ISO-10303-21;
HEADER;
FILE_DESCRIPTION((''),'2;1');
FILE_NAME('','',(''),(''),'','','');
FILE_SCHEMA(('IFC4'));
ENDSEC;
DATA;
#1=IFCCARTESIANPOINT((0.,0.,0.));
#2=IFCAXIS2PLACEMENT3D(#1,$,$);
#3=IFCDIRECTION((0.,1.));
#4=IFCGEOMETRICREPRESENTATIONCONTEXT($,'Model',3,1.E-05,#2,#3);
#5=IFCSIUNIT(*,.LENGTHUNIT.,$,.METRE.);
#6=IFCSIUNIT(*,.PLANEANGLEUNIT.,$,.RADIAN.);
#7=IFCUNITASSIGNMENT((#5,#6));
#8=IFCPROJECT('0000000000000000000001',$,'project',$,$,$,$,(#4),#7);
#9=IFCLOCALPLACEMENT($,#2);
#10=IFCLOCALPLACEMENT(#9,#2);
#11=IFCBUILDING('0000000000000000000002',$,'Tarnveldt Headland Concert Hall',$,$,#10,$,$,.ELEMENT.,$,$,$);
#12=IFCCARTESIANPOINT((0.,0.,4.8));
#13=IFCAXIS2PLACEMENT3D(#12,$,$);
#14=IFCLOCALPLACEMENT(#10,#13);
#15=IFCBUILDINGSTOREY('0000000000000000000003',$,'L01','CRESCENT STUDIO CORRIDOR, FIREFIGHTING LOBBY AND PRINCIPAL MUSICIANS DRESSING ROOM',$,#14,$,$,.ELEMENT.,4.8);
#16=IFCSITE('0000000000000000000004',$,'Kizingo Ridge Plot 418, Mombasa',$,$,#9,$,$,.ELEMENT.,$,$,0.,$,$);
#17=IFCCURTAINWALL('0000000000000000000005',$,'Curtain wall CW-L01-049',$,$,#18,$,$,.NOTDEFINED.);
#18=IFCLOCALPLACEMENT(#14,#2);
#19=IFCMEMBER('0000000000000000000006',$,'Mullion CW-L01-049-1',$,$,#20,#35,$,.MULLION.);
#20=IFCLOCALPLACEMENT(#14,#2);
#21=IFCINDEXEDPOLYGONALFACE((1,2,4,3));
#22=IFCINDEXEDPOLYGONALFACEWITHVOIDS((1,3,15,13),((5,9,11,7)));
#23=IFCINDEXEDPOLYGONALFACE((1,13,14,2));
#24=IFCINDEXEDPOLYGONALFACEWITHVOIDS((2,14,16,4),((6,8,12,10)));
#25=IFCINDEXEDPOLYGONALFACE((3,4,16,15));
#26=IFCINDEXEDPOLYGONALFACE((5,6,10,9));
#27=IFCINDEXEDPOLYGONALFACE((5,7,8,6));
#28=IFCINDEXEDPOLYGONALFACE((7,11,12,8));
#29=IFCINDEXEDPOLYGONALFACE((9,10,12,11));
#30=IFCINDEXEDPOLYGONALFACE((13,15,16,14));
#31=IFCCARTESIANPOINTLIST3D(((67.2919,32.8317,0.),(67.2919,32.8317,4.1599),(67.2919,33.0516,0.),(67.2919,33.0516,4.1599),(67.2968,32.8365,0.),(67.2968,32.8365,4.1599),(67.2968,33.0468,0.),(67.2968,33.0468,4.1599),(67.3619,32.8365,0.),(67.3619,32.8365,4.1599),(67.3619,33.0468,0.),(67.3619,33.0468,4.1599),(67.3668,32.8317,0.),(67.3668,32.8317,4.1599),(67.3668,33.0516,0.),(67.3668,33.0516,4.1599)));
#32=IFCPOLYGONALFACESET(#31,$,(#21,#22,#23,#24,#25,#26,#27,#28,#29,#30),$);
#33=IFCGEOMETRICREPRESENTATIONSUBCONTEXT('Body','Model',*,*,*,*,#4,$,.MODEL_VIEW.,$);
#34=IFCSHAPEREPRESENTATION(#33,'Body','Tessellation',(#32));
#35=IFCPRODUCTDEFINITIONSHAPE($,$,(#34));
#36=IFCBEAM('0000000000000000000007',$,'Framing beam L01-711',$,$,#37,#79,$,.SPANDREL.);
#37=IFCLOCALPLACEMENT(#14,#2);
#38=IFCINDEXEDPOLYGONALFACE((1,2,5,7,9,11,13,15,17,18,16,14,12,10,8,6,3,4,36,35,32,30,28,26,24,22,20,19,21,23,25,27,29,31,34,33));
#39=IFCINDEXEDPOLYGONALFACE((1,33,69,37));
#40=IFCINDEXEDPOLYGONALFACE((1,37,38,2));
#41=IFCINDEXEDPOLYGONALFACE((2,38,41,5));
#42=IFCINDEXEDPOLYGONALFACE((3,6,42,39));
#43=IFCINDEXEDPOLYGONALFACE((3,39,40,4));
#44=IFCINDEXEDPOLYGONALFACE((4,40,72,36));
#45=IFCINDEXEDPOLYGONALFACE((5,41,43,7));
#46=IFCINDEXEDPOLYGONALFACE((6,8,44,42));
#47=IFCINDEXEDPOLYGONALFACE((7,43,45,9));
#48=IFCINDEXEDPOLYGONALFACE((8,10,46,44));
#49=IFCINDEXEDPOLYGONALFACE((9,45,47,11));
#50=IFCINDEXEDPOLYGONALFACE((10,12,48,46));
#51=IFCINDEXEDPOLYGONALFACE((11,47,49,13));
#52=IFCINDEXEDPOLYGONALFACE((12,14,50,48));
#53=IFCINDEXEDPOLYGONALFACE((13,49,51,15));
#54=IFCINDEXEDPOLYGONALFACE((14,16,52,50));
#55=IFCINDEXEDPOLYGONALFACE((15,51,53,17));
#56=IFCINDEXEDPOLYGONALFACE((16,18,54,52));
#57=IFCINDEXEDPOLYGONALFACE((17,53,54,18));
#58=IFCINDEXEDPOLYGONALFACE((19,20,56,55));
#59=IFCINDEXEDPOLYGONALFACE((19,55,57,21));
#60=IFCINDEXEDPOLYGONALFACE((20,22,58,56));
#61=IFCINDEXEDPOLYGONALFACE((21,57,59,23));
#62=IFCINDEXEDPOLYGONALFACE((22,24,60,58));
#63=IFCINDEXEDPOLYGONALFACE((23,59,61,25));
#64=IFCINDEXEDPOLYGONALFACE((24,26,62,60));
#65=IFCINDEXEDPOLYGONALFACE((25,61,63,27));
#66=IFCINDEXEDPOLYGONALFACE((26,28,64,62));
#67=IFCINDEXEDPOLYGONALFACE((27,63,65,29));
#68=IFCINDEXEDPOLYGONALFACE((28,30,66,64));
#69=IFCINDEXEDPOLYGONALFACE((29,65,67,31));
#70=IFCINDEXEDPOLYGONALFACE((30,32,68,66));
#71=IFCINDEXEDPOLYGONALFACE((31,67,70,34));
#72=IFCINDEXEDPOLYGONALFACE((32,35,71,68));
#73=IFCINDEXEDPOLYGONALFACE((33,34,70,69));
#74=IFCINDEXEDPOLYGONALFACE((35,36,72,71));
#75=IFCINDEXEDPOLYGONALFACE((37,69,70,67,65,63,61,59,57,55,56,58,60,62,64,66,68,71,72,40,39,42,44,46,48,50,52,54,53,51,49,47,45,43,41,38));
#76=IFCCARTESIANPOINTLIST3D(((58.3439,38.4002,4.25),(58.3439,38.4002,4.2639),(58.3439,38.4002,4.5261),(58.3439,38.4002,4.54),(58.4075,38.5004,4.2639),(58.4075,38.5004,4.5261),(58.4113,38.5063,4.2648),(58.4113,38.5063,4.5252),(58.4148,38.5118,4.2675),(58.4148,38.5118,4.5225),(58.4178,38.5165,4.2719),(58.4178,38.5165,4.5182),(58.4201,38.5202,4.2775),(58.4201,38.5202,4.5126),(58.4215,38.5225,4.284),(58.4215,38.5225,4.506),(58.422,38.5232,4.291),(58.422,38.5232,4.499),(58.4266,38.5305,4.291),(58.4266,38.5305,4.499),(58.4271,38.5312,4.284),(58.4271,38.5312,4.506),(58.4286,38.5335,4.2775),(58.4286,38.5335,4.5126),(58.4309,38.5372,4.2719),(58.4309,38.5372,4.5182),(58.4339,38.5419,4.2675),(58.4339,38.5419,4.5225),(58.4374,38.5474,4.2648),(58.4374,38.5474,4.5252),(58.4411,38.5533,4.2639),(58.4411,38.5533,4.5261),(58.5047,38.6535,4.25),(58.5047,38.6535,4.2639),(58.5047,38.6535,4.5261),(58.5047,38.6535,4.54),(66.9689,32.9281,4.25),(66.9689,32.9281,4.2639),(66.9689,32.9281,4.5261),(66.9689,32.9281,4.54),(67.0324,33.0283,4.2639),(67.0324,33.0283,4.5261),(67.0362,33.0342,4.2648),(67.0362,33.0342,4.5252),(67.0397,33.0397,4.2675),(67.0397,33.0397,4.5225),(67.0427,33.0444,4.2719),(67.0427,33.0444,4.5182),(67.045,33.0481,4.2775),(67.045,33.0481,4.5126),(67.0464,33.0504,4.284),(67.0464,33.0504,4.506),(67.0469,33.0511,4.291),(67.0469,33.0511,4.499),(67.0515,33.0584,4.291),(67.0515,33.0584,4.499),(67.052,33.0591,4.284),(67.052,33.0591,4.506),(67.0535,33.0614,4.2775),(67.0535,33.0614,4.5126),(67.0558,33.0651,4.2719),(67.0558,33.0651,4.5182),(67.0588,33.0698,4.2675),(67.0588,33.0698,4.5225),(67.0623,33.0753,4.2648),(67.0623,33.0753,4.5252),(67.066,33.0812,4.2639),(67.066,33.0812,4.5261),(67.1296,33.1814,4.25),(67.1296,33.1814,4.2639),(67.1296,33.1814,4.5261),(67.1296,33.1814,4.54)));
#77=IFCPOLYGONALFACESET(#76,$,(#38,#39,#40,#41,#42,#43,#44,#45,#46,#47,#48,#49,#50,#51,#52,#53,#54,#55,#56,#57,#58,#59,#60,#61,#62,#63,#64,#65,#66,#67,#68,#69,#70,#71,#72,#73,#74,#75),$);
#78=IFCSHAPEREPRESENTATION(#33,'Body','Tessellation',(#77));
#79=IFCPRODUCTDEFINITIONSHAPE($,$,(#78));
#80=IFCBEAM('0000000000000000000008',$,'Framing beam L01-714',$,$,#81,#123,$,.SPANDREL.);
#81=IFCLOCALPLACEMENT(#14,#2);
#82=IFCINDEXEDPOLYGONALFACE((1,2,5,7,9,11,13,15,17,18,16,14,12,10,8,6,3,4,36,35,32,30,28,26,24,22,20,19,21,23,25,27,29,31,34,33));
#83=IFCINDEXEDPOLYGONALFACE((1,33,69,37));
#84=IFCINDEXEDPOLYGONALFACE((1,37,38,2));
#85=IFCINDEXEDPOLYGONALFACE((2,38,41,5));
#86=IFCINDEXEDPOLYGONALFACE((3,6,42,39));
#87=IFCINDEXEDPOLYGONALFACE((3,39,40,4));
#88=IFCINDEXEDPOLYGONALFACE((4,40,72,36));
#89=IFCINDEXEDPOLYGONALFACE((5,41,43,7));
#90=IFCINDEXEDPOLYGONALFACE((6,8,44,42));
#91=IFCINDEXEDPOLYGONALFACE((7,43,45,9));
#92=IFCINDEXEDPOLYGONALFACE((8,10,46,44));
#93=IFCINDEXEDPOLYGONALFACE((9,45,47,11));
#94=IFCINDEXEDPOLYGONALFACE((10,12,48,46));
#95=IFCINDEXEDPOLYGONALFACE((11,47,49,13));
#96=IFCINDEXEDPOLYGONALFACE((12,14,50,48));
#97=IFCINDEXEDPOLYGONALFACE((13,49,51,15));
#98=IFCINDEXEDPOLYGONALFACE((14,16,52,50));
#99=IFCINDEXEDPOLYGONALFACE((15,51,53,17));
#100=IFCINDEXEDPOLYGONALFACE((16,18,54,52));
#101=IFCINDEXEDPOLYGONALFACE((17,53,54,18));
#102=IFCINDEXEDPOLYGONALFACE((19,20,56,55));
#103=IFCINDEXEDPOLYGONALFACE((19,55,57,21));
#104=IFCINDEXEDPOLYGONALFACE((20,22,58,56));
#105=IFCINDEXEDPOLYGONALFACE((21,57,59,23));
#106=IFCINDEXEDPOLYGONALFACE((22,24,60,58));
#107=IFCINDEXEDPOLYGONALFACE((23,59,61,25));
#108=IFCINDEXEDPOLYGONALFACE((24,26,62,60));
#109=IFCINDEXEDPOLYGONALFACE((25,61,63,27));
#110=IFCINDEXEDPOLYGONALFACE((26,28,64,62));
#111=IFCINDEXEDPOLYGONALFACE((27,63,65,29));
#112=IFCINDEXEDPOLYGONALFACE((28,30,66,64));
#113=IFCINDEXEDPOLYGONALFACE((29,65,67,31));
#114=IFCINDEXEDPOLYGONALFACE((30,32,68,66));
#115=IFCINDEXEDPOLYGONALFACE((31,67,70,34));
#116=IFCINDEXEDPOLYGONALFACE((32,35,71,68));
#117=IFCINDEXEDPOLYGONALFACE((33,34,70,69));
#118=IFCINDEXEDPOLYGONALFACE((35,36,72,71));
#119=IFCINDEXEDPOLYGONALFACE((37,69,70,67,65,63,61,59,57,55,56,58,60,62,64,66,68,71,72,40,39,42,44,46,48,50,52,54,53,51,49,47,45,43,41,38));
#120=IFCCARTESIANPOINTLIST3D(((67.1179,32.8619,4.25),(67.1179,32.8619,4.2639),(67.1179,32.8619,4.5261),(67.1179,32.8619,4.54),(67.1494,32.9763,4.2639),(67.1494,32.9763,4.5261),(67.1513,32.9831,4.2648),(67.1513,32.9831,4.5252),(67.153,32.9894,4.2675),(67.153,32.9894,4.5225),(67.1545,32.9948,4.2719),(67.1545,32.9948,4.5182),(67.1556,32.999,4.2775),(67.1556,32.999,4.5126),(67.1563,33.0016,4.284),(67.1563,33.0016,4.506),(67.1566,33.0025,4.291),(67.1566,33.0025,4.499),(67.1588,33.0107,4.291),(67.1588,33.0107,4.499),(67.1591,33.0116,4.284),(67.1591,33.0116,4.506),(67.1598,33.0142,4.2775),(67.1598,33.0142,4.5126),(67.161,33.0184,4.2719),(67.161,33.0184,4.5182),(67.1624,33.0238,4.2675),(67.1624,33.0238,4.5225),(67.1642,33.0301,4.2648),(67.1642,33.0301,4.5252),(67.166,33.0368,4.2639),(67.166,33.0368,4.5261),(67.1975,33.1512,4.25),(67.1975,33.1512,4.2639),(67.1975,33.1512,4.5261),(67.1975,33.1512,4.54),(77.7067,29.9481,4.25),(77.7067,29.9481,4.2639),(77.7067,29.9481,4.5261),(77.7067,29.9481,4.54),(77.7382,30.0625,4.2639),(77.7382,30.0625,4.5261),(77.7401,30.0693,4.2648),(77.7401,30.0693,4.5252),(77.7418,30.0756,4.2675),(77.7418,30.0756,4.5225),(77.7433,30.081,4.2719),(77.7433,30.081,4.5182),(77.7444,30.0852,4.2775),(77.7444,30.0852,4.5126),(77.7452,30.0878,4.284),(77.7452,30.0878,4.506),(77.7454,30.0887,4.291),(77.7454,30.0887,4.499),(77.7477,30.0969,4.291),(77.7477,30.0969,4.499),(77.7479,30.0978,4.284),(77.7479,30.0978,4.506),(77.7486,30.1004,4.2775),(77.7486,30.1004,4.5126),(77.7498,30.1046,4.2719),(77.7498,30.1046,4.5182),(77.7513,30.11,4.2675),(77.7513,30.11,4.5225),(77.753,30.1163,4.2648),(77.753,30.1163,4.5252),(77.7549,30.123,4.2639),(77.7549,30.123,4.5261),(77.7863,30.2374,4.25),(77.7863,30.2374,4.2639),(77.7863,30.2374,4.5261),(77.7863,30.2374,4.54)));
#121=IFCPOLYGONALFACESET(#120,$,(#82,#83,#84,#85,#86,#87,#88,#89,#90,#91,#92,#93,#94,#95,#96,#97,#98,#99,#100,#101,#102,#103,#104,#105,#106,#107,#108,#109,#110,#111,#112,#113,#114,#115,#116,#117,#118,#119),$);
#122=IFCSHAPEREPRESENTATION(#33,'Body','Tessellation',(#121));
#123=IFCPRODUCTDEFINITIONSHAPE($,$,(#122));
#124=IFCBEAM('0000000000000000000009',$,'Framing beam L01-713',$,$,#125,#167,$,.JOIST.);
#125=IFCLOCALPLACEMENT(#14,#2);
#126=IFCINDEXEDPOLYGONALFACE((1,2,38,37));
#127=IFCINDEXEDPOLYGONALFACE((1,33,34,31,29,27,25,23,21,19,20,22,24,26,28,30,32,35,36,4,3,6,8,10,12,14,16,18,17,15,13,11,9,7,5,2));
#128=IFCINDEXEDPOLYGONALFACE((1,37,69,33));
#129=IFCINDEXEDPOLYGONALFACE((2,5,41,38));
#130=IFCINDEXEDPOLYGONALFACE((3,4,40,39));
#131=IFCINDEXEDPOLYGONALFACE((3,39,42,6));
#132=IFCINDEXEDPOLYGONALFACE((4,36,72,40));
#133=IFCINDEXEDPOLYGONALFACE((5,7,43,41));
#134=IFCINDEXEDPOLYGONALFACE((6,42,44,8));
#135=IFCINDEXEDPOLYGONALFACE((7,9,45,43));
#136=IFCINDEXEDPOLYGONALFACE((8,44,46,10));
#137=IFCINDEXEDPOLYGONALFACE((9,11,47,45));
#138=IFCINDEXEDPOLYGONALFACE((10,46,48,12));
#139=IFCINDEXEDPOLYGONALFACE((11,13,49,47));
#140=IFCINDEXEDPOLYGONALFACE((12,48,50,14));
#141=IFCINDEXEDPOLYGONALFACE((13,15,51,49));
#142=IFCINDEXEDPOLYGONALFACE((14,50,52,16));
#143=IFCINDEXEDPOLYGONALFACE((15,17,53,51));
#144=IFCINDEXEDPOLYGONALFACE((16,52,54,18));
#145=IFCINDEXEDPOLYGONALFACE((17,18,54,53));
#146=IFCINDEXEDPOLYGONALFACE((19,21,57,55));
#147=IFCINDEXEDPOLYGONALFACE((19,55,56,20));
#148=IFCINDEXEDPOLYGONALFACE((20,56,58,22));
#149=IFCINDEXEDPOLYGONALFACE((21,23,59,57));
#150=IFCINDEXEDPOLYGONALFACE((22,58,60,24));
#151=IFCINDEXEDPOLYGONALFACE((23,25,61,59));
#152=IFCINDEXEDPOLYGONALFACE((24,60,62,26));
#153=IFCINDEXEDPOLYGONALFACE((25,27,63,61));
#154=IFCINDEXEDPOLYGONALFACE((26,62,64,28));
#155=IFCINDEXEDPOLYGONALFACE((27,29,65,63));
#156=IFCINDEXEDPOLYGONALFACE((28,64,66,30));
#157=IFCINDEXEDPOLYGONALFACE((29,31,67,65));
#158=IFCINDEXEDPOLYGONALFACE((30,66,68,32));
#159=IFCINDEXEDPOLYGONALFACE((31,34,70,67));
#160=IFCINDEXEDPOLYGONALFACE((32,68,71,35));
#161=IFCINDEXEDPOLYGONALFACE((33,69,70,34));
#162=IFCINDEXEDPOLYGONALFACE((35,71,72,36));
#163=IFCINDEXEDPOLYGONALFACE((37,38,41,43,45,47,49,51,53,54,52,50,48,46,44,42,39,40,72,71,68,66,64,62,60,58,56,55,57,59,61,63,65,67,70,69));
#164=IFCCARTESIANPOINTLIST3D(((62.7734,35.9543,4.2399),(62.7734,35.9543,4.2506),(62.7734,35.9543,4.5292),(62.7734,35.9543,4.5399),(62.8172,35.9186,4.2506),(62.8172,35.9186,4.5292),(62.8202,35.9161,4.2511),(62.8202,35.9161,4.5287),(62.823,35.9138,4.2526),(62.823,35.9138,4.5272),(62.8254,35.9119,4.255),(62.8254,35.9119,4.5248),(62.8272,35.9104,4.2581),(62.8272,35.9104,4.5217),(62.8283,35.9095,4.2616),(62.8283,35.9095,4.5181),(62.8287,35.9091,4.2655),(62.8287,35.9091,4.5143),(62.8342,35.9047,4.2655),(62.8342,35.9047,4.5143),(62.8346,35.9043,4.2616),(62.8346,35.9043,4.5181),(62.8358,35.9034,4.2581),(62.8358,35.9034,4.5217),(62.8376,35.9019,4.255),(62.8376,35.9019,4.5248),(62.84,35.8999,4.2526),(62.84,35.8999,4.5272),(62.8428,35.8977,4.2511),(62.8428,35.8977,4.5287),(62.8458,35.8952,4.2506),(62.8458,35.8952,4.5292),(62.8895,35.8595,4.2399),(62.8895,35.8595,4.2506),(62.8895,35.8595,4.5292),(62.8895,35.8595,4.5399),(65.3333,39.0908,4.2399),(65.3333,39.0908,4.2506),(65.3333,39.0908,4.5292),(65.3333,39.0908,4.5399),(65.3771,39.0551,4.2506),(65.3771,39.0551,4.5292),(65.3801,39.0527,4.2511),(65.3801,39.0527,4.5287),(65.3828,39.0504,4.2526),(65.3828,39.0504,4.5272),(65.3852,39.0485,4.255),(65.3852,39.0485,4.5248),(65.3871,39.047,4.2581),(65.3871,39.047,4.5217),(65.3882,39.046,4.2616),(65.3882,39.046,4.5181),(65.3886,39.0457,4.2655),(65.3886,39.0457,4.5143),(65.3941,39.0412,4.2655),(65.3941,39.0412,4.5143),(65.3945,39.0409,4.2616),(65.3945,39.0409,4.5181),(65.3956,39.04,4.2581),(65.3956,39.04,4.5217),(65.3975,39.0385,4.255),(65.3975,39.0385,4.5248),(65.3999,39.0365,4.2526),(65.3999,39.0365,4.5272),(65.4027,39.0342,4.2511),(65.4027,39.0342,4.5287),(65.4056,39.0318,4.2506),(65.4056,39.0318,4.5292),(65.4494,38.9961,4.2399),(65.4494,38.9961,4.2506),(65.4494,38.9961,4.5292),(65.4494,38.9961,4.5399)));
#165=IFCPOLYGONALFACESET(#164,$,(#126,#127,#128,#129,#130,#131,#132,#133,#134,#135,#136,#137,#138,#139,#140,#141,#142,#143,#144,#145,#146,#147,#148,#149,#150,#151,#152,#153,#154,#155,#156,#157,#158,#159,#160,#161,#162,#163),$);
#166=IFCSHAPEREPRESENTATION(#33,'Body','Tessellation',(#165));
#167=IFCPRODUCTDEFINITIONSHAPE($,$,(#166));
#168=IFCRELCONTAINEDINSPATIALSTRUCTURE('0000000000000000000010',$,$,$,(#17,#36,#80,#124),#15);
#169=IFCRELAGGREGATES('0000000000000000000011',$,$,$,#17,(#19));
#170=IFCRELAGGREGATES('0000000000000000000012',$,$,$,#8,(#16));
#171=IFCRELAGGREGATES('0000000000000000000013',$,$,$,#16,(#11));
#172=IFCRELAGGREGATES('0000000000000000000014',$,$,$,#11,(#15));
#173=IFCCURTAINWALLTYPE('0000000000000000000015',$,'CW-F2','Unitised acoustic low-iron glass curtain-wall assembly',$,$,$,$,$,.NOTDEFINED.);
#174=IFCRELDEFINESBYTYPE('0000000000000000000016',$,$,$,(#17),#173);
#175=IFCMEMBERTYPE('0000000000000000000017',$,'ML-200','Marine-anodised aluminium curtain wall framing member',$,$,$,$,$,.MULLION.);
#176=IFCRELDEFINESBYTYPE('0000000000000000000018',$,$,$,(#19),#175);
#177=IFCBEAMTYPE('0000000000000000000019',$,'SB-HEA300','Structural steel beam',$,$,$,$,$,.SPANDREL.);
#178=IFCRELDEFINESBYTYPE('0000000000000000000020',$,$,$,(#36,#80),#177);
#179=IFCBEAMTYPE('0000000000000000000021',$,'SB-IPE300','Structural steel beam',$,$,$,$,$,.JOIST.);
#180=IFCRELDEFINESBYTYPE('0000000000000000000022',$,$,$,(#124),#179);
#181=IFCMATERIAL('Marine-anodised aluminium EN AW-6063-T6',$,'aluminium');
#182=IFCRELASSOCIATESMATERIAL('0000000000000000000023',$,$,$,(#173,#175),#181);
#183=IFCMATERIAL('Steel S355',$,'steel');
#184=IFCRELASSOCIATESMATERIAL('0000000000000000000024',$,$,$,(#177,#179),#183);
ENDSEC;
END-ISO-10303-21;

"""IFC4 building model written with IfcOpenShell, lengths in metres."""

from ifc_helpers import new_model, si_unit, direction, frame, origin, origin_2d, place, context, subcontext, project, spatial, hollow_rectangle, i_section, extrude, material, material_profile, profile_set, type_object, element, aggregate, save


model = new_model("IFC4")

# Units and contexts
model_context = context("Model", 3, precision=1e-05, world=origin(), true_north=direction((0.0, 1.0)))
body_context = subcontext(model_context, "Body", "Model", "MODEL_VIEW")
ifc_project = project(units=[si_unit("LENGTHUNIT", "METRE"), si_unit("PLANEANGLEUNIT", "RADIAN")], contexts=[model_context])

# Site, building, storey
site_placement = place(None, origin())
site = spatial("IfcSite", under=ifc_project, at=site_placement, Name="Kizingo Ridge Plot 418, Mombasa", CompositionType="ELEMENT", RefElevation=0.0)
building_placement = place(site_placement, origin())
building = spatial("IfcBuilding", under=site, at=building_placement, Name="Tarnveldt Headland Concert Hall", CompositionType="ELEMENT")
storey_placement = place(building_placement, frame((0.0, 0.0, 4.8)))
storey = spatial("IfcBuildingStorey", under=building, at=storey_placement, Name="L01", Description="CRESCENT STUDIO CORRIDOR, FIREFIGHTING LOBBY AND PRINCIPAL MUSICIANS DRESSING ROOM", CompositionType="ELEMENT", Elevation=4.8)

# Shared definitions
ifc_material_1 = material(Name="Steel S355", Category="steel")

# Shared definitions
ifc_material_2 = material(Name="Marine-anodised aluminium EN AW-6063-T6", Category="aluminium")

# Curtain wall, member
curtain_wall_type_1 = type_object("IfcCurtainWallType", Name="CW-F2", Description="Unitised acoustic low-iron glass curtain-wall assembly", PredefinedType="NOTDEFINED", material=ifc_material_2)
curtain_wall_1_placement = place(storey_placement, origin())
curtain_wall_1 = element("IfcCurtainWall", 1, at=curtain_wall_1_placement, inside=storey, type_object=curtain_wall_type_1, Name="Curtain wall CW-L01-049", PredefinedType="NOTDEFINED")
ifc_material_profile_1 = material_profile(ifc_material_2, hollow_rectangle(XDim=0.075, YDim=0.22, WallThickness=0.0049, at=origin_2d()), Name="ALU MULLION 75x220x5", Category="aluminium")
ifc_profile_set_1 = profile_set([ifc_material_profile_1], Name="Marine-anodised aluminium EN AW-6063-T6")
member_type_1 = type_object("IfcMemberType", Name="ML-200", Description="Marine-anodised aluminium curtain wall framing member", PredefinedType="MULLION", material=ifc_profile_set_1)
member_1_placement = place(storey_placement, frame((67.3293, 32.9417, 0.0), z_axis=(0.0, 0.0, 1.0), x_axis=(1.0, 0.0, 0.0)))
member_1 = element("IfcMember", 2, at=member_1_placement, type_object=member_type_1, Name="Mullion CW-L01-049-1", PredefinedType="MULLION", context=body_context, shape_type="SweptSolid", body=[
    extrude(hollow_rectangle(XDim=0.075, YDim=0.22, WallThickness=0.0049, at=origin_2d()), origin(), (0.0, 0.0, 1.0), 4.1599),
])

# Beams
ifc_material_profile_2 = material_profile(ifc_material_1, i_section(OverallWidth=0.3, OverallDepth=0.29, WebThickness=0.0085, FlangeThickness=0.0139, FilletRadius=0.0271, at=origin_2d()), Name="HEA300", Category="steel")
ifc_profile_set_2 = profile_set([ifc_material_profile_2], Name="Steel S355")
beam_type_1 = type_object("IfcBeamType", Name="SB-HEA300", Description="Structural steel beam", PredefinedType="SPANDREL", material=ifc_profile_set_2)
beam_1_placement = place(storey_placement, frame((58.4243, 38.5269, 4.395), z_axis=(0.844391, -0.535727, 0.0), x_axis=(0.535727, 0.844391, 0.0)))
element("IfcBeam", 3, at=beam_1_placement, inside=storey, type_object=beam_type_1, Name="Framing beam L01-711", PredefinedType="SPANDREL", context=body_context, shape_type="SweptSolid", body=[
    extrude(i_section(OverallWidth=0.3, OverallDepth=0.29, WebThickness=0.0085, FlangeThickness=0.0139, FilletRadius=0.0271, at=origin_2d()), origin(), (0.0, 0.0, 1.0), 10.2144),
])
beam_2_placement = place(storey_placement, frame((67.1577, 33.0066, 4.395), z_axis=(0.964162, -0.265316, 0.0), x_axis=(0.265316, 0.964162, 0.0)))
element("IfcBeam", 4, at=beam_2_placement, inside=storey, type_object=beam_type_1, Name="Framing beam L01-714", PredefinedType="SPANDREL", context=body_context, shape_type="SweptSolid", body=[
    extrude(i_section(OverallWidth=0.3, OverallDepth=0.29, WebThickness=0.0085, FlangeThickness=0.0139, FilletRadius=0.0271, at=origin_2d()), origin(), (0.0, 0.0, 1.0), 10.9824),
])
ifc_material_profile_3 = material_profile(ifc_material_1, i_section(OverallWidth=0.1499, OverallDepth=0.3, WebThickness=0.0071, FlangeThickness=0.0107, FilletRadius=0.0149, at=origin_2d()), Name="IPE300", Category="steel")
ifc_profile_set_3 = profile_set([ifc_material_profile_3], Name="Steel S355")
beam_type_2 = type_object("IfcBeamType", Name="SB-IPE300", Description="Structural steel beam", PredefinedType="JOIST", material=ifc_profile_set_3)
beam_3_placement = place(storey_placement, frame((65.3914, 39.0435, 4.3899), z_axis=(-0.632292, -0.774731, 0.0), x_axis=(0.774731, -0.632292, 0.0)))
element("IfcBeam", 5, at=beam_3_placement, inside=storey, type_object=beam_type_2, Name="Framing beam L01-713", PredefinedType="JOIST", context=body_context, shape_type="SweptSolid", body=[
    extrude(i_section(OverallWidth=0.1499, OverallDepth=0.3, WebThickness=0.0071, FlangeThickness=0.0107, FilletRadius=0.0149, at=origin_2d()), origin(), (0.0, 0.0, 1.0), 4.0486),
])

aggregate(curtain_wall_1, [member_1])

save(model, "model.ifc")
